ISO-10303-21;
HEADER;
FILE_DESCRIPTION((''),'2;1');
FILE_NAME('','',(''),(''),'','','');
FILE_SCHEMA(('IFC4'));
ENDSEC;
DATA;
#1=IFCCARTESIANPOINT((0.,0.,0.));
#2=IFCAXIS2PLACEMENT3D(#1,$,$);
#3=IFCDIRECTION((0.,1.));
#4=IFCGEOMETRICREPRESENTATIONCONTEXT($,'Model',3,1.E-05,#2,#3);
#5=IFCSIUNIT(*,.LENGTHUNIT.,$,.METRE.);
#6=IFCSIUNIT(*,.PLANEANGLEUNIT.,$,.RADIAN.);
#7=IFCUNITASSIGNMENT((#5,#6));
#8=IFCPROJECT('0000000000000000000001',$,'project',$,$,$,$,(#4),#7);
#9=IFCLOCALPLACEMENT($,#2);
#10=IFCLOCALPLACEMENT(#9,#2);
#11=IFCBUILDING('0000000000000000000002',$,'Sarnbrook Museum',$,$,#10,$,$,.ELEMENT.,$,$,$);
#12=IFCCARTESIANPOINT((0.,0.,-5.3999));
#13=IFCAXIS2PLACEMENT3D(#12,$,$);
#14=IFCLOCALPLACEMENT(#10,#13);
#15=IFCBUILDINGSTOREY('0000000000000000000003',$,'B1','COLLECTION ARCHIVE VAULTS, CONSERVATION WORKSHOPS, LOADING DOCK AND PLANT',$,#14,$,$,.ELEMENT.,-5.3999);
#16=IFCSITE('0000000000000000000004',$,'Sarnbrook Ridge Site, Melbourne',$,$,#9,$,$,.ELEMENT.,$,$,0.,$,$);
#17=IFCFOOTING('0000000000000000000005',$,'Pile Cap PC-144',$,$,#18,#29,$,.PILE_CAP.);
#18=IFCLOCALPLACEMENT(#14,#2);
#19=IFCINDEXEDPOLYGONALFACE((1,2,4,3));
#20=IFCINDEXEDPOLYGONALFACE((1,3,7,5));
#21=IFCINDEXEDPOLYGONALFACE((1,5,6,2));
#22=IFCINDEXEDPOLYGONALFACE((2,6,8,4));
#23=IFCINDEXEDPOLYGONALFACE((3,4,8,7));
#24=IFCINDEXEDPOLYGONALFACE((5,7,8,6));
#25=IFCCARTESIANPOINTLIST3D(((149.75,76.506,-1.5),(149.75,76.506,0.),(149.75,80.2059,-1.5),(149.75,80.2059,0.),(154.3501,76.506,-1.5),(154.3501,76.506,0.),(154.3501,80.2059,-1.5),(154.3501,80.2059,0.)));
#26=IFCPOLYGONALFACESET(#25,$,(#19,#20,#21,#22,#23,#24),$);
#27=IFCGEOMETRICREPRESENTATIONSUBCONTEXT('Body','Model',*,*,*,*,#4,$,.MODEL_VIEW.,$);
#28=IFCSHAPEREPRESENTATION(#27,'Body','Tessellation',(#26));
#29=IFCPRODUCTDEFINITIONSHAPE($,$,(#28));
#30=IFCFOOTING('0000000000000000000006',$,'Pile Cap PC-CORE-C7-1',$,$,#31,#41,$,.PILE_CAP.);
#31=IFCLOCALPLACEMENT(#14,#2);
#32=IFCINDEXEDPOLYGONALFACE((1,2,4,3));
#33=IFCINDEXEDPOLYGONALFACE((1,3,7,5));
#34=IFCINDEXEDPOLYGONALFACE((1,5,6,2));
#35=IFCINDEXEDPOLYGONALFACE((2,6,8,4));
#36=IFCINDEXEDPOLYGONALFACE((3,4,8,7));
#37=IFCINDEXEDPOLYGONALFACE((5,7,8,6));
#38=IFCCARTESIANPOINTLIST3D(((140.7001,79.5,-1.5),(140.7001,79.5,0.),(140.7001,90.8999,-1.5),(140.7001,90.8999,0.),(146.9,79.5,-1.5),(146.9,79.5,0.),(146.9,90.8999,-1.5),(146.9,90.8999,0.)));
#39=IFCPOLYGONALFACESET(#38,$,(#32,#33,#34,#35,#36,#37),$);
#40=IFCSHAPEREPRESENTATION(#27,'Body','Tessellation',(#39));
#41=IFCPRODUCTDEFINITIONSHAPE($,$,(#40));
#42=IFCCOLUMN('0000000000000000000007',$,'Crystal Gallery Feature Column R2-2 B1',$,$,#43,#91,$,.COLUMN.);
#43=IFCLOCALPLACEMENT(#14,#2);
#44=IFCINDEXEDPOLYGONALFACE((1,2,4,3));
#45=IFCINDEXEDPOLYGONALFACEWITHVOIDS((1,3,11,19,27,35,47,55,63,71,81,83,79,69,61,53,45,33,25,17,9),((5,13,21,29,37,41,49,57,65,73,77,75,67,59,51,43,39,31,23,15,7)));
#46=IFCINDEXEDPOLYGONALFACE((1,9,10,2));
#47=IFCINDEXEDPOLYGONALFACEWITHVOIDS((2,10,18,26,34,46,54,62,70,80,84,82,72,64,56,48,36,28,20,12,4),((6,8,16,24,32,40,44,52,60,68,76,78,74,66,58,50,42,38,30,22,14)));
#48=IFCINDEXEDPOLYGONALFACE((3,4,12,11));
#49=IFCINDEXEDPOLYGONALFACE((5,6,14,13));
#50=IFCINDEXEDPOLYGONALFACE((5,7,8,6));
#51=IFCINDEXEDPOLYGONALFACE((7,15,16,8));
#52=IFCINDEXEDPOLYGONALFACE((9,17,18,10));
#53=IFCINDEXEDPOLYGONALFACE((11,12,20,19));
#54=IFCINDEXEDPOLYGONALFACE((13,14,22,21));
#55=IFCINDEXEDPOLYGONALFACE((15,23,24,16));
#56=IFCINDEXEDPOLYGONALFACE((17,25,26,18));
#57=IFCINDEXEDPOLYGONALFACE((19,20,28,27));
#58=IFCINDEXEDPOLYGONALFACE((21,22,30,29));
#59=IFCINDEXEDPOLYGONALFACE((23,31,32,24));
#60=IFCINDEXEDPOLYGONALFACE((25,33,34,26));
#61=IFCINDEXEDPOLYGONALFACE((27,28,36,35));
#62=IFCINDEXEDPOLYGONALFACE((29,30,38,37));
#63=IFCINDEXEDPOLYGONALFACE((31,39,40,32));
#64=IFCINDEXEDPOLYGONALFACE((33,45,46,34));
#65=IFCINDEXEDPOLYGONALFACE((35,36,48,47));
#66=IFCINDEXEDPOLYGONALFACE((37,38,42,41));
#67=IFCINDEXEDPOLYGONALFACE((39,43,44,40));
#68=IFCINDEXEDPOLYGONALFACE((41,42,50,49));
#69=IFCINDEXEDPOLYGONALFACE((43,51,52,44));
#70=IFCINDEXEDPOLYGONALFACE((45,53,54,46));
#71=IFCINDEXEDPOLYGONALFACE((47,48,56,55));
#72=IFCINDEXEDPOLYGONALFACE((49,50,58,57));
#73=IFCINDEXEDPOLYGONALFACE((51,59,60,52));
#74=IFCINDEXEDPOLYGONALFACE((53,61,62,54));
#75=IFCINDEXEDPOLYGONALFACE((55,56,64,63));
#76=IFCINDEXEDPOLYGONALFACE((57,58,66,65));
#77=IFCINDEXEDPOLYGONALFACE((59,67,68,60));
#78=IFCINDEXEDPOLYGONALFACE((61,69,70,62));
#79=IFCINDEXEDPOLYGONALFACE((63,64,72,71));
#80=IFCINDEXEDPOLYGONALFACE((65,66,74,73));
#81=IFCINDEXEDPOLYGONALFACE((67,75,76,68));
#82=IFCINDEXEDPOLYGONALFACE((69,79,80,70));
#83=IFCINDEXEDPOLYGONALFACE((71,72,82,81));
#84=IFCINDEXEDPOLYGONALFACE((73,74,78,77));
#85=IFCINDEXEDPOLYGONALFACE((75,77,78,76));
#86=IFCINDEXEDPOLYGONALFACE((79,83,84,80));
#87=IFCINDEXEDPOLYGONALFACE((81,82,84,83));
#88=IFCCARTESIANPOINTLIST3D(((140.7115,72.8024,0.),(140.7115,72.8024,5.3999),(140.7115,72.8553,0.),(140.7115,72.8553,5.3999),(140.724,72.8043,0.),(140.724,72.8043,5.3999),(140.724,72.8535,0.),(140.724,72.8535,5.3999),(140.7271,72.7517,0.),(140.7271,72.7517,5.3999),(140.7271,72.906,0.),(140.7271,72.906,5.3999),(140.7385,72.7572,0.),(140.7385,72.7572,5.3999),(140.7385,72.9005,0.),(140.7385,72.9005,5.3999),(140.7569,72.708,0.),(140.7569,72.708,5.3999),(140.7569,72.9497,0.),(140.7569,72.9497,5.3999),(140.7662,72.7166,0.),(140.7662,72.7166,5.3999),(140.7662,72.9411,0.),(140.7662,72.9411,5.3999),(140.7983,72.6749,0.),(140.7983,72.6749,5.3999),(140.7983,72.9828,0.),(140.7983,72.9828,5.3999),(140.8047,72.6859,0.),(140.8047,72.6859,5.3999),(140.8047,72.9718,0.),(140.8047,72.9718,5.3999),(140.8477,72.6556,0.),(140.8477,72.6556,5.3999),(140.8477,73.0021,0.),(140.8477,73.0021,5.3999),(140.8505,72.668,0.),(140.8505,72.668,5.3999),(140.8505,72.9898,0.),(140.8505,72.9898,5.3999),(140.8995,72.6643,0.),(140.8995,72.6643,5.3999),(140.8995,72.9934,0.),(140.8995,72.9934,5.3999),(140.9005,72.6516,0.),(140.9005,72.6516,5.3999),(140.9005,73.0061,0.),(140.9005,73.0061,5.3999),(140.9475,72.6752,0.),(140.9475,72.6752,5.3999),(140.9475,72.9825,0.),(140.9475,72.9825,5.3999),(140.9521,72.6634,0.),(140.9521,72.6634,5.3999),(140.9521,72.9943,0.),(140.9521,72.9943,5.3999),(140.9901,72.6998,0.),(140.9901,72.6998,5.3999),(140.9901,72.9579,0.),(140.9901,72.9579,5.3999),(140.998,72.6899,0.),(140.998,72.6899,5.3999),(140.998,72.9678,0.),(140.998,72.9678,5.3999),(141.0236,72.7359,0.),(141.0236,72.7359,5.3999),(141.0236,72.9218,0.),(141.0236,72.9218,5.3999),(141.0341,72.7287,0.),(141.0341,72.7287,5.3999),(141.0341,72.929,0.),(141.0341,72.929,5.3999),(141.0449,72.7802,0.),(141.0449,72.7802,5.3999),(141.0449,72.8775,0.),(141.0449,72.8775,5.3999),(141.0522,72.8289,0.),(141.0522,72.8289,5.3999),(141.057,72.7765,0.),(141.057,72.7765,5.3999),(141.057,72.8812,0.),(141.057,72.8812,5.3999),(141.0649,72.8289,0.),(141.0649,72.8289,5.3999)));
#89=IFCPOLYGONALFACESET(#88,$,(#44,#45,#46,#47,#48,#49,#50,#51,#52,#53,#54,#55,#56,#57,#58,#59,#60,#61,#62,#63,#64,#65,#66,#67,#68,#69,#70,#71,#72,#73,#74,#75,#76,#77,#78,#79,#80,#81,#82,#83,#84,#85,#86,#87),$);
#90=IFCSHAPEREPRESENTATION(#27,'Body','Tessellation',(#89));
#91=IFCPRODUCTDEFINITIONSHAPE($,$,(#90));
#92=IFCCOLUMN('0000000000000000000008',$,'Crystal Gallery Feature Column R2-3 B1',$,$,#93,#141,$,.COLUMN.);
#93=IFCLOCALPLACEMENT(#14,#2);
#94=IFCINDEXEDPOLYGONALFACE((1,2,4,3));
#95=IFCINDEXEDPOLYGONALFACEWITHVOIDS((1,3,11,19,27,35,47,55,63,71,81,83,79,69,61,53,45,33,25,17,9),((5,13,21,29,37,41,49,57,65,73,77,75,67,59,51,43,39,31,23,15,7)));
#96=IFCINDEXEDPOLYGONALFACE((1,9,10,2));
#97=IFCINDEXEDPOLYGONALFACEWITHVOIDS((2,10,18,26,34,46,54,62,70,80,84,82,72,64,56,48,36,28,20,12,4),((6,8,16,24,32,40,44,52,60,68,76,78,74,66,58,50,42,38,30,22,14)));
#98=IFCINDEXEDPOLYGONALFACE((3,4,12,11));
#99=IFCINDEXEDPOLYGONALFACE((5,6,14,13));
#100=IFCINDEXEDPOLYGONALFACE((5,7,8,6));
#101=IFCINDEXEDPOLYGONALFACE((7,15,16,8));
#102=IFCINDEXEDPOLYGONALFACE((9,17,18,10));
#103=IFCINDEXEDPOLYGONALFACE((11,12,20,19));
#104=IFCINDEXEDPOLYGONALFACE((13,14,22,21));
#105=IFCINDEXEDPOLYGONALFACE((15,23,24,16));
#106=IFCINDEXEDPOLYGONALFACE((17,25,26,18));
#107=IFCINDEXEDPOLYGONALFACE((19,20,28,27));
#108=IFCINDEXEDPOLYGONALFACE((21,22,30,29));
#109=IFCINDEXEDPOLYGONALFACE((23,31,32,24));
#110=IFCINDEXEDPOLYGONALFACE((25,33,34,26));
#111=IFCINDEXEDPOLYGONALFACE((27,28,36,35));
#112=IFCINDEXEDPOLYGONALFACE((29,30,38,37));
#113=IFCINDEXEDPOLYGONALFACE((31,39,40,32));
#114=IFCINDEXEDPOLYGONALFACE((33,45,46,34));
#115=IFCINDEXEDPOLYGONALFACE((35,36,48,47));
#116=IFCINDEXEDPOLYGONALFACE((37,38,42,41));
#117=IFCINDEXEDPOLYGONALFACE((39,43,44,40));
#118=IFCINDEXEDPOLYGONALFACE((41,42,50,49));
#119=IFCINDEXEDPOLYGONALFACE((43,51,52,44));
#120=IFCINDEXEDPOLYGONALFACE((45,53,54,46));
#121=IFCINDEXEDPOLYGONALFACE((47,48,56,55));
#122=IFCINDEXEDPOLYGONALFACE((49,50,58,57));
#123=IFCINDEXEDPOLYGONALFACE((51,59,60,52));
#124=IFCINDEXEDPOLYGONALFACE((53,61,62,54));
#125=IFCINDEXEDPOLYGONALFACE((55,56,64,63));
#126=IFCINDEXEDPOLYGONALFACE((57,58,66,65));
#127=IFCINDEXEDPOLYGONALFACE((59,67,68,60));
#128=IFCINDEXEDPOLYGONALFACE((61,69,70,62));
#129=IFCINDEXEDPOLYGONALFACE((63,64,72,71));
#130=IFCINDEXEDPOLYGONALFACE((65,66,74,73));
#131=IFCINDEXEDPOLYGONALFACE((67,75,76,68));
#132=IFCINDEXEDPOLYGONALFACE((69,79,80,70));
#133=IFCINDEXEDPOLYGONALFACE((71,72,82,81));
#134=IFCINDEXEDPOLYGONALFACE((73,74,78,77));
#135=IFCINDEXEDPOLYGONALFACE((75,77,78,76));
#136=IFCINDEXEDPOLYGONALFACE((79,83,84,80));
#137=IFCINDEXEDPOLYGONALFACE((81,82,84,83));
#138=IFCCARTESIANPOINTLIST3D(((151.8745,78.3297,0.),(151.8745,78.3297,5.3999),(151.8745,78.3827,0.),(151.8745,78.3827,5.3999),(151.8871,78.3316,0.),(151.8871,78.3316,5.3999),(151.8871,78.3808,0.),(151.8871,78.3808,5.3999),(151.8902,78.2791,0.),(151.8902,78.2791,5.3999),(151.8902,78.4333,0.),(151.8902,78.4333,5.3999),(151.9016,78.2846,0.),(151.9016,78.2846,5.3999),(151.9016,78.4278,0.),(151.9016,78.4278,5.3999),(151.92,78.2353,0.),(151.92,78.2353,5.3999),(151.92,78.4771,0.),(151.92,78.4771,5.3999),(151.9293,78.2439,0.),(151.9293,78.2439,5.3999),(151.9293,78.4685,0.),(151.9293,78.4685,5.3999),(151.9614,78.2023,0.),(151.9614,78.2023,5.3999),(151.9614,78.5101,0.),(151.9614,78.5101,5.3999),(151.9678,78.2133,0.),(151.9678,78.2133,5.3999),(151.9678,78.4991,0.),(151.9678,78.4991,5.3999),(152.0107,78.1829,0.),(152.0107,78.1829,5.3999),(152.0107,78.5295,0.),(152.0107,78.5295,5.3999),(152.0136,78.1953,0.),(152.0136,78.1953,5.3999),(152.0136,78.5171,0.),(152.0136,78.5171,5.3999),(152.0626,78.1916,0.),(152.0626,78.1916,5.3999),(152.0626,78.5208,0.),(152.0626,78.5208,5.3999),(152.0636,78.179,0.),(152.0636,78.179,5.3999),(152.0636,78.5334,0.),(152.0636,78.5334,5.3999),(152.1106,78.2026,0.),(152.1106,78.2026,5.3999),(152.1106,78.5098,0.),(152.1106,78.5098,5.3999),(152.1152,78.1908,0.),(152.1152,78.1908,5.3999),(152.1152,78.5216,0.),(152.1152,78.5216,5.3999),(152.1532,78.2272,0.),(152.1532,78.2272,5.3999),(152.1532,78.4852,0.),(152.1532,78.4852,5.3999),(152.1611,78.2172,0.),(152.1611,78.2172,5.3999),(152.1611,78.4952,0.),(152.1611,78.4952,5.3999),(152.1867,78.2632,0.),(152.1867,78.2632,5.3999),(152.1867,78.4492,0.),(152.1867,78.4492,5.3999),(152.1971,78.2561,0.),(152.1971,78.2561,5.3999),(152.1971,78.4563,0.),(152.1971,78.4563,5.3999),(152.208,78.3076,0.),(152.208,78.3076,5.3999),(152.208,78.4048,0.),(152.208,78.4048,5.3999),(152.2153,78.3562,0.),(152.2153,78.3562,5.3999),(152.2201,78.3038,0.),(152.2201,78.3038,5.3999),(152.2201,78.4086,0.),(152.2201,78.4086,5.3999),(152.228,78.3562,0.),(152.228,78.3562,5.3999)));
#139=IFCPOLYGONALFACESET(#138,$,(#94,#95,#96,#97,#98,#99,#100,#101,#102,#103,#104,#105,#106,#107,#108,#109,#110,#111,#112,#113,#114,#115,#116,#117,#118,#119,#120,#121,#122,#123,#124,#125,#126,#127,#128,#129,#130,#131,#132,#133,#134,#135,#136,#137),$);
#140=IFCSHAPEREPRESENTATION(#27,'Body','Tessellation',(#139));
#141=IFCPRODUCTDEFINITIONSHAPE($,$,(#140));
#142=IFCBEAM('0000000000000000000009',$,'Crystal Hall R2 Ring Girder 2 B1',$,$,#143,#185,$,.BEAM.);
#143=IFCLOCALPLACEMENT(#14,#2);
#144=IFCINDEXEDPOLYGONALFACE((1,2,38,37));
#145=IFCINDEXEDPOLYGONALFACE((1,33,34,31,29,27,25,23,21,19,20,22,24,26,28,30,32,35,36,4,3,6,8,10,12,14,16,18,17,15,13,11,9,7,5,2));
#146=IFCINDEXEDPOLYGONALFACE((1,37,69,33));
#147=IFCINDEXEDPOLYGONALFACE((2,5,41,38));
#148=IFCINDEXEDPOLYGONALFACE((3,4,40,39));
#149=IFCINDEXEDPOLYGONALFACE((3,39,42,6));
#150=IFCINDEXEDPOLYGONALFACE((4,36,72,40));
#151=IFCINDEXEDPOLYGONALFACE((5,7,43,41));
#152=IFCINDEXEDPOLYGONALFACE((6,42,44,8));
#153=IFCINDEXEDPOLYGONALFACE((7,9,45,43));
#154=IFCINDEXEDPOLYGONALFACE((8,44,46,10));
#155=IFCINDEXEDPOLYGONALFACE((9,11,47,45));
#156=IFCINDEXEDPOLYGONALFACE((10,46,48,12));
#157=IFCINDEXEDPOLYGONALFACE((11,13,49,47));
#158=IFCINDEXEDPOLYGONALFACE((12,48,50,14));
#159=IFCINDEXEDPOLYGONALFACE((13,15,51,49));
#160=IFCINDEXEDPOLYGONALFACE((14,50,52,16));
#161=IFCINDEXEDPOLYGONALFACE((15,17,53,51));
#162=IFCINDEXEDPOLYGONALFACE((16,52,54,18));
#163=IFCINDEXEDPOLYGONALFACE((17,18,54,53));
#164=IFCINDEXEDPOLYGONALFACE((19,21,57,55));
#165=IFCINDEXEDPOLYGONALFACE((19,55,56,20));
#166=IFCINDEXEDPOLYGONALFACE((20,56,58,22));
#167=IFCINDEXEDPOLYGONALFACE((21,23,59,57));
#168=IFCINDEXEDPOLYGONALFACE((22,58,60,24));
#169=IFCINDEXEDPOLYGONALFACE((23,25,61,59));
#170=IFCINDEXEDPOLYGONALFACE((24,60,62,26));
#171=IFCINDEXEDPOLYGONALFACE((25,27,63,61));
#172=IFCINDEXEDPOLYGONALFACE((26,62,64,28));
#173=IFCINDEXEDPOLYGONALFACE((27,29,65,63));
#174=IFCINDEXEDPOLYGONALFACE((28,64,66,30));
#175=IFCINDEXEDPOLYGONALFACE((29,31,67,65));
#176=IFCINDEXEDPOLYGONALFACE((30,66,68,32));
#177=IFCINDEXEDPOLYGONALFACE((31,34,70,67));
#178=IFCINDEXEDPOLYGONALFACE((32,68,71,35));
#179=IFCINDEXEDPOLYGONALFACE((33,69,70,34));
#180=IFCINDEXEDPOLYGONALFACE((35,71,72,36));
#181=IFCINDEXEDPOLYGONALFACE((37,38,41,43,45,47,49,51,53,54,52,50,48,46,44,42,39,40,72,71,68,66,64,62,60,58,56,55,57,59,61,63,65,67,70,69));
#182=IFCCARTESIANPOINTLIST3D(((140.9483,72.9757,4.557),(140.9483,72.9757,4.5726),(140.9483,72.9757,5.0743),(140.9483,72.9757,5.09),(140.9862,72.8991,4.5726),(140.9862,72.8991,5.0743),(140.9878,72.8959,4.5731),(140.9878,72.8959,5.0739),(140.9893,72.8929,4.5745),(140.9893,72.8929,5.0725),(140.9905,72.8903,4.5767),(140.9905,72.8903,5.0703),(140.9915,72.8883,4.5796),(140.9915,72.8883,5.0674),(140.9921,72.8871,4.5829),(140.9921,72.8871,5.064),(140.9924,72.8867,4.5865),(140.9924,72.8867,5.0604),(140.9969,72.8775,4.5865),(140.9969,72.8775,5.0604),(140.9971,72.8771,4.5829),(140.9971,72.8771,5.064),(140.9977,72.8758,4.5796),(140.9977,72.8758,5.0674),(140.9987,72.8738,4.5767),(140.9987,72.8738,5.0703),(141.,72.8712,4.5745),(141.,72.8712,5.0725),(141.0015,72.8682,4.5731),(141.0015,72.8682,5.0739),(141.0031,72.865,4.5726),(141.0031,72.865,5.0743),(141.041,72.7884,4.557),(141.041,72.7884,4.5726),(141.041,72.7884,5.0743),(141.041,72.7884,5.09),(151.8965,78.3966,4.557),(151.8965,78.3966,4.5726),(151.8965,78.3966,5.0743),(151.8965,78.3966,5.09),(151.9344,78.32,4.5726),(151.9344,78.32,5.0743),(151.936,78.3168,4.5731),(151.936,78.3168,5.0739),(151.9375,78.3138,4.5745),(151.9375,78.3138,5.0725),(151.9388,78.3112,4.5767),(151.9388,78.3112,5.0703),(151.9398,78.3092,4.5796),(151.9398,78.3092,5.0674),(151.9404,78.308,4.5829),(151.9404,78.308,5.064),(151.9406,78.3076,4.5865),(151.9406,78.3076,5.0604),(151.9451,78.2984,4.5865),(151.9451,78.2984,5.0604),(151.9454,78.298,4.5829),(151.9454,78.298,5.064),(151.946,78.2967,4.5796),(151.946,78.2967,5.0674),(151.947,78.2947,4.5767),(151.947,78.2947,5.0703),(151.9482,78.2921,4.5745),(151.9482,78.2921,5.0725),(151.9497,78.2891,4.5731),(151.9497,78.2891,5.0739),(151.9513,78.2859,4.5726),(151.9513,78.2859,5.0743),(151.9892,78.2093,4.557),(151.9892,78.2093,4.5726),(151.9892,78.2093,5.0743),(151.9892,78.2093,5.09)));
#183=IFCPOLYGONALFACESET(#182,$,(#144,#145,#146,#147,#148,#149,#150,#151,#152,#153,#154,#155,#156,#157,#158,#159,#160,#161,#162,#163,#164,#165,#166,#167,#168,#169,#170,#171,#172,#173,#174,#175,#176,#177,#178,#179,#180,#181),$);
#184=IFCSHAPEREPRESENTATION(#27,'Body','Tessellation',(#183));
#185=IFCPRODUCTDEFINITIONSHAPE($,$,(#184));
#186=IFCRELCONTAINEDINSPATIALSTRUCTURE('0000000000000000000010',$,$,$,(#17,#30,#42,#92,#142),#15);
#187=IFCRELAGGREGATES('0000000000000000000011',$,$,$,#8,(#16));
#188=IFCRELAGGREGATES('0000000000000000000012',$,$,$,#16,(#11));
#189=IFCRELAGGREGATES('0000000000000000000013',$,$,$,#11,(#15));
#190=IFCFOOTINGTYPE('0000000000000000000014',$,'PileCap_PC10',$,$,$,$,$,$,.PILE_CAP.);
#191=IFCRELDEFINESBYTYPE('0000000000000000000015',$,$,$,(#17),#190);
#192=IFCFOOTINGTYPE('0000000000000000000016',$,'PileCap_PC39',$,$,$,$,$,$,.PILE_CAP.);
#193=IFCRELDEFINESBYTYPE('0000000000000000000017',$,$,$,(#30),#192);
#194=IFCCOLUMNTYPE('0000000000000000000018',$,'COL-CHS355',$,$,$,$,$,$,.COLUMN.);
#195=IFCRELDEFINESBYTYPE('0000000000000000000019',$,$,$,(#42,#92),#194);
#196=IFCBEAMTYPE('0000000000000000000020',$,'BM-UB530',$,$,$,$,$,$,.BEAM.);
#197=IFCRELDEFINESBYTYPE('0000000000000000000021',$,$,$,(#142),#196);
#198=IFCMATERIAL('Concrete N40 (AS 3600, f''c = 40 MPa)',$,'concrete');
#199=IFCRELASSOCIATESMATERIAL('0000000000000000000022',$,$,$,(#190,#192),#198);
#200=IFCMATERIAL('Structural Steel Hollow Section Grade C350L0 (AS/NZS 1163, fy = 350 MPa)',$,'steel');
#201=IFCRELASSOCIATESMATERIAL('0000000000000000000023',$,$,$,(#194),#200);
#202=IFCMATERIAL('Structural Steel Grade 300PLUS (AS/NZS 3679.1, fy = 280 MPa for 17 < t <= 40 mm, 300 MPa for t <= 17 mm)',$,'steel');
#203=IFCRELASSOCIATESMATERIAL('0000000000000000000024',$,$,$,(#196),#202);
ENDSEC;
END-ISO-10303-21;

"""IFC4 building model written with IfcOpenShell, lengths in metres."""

from ifc_helpers import new_model, si_unit, direction, frame, origin, origin_2d, place, context, subcontext, project, spatial, rectangle, hollow_circle, i_section, extrude, material, material_profile, profile_set, type_object, element, save


model = new_model("IFC4")

# Units and contexts
model_context = context("Model", 3, precision=1e-05, world=origin(), true_north=direction((0.0, 1.0)))
body_context = subcontext(model_context, "Body", "Model", "MODEL_VIEW")
ifc_project = project(units=[si_unit("LENGTHUNIT", "METRE"), si_unit("PLANEANGLEUNIT", "RADIAN")], contexts=[model_context])

# Site, building, storey
site_placement = place(None, origin())
site = spatial("IfcSite", under=ifc_project, at=site_placement, Name="Sarnbrook Ridge Site, Melbourne", CompositionType="ELEMENT", RefElevation=0.0)
building_placement = place(site_placement, origin())
building = spatial("IfcBuilding", under=site, at=building_placement, Name="Sarnbrook Museum", CompositionType="ELEMENT")
storey_placement = place(building_placement, frame((0.0, 0.0, -5.3999)))
storey = spatial("IfcBuildingStorey", under=building, at=storey_placement, Name="B1", Description="COLLECTION ARCHIVE VAULTS, CONSERVATION WORKSHOPS, LOADING DOCK AND PLANT", CompositionType="ELEMENT", Elevation=-5.3999)

# Footings
ifc_material_1 = material(Name="Concrete N40 (AS 3600, f'c = 40 MPa)", Category="concrete")
footing_type_1 = type_object("IfcFootingType", Name="PileCap_PC10", PredefinedType="PILE_CAP", material=ifc_material_1)
for number, where, z_axis, x_axis, name in (
    (1, (152.05, 78.356, -1.5), (0.0, 0.0, 1.0), (1.0, 0.0, 0.0), "Pile Cap PC-144"),
):
    element("IfcFooting", number, at=place(storey_placement, frame(where, z_axis=z_axis, x_axis=x_axis)), inside=storey, type_object=footing_type_1, Name=name, PredefinedType="PILE_CAP", context=body_context, shape_type="SweptSolid", body=[
        extrude(rectangle(XDim=4.6001, YDim=3.7, at=origin_2d()), origin(), (0.0, 0.0, 1.0), 1.5),
    ])
footing_type_2 = type_object("IfcFootingType", Name="PileCap_PC39", PredefinedType="PILE_CAP", material=ifc_material_1)
footing_1_placement = place(storey_placement, frame((143.8, 85.2, -1.5), z_axis=(0.0, 0.0, 1.0), x_axis=(1.0, 0.0, 0.0)))
element("IfcFooting", 2, at=footing_1_placement, inside=storey, type_object=footing_type_2, Name="Pile Cap PC-CORE-C7-1", PredefinedType="PILE_CAP", context=body_context, shape_type="SweptSolid", body=[
    extrude(rectangle(XDim=6.2, YDim=11.3999, at=origin_2d()), origin(), (0.0, 0.0, 1.0), 1.5),
])

# Columns
ifc_material_2 = material(Name="Structural Steel Hollow Section Grade C350L0 (AS/NZS 1163, fy = 350 MPa)", Category="steel")
ifc_material_profile_1 = material_profile(ifc_material_2, hollow_circle(Radius=0.1777, WallThickness=0.0127, at=origin_2d()), Name="355.6x12.7CHS")
ifc_profile_set_1 = profile_set([ifc_material_profile_1], Name="Structural Steel Hollow Section Grade C350L0 (AS/NZS 1163, fy = 350 MPa)")
column_type = type_object("IfcColumnType", Name="COL-CHS355", PredefinedType="COLUMN", material=ifc_profile_set_1)
for number, where, z_axis, x_axis, name in (
    (3, (140.8872, 72.8289, 0.0), (0.0, 0.0, 1.0), (1.0, 0.0, 0.0), "Crystal Gallery Feature Column R2-2 B1"),
    (4, (152.0503, 78.3562, 0.0), (0.0, 0.0, 1.0), (1.0, 0.0, 0.0), "Crystal Gallery Feature Column R2-3 B1"),
):
    element("IfcColumn", number, at=place(storey_placement, frame(where, z_axis=z_axis, x_axis=x_axis)), inside=storey, type_object=column_type, Name=name, PredefinedType="COLUMN", context=body_context, shape_type="SweptSolid", body=[
        extrude(hollow_circle(Radius=0.1777, WallThickness=0.0127, at=origin_2d()), origin(), (0.0, 0.0, 1.0), 5.3999),
    ])

# Beam
ifc_material_3 = material(Name="Structural Steel Grade 300PLUS (AS/NZS 3679.1, fy = 280 MPa for 17 < t <= 40 mm, 300 MPa for t <= 17 mm)", Category="steel")
ifc_material_profile_2 = material_profile(ifc_material_3, i_section(OverallWidth=0.209, OverallDepth=0.533, WebThickness=0.0103, FlangeThickness=0.0156, FilletRadius=0.0139, at=origin_2d()), Name="530UB92.4")
ifc_profile_set_2 = profile_set([ifc_material_profile_2], Name="Structural Steel Grade 300PLUS (AS/NZS 3679.1, fy = 280 MPa for 17 < t <= 40 mm, 300 MPa for t <= 17 mm)")
beam_type_1 = type_object("IfcBeamType", Name="BM-UB530", PredefinedType="BEAM", material=ifc_profile_set_2)
beam_1_placement = place(storey_placement, frame((140.9946, 72.8821, 4.8235), z_axis=(0.896163, 0.443725, 0.0), x_axis=(-0.443725, 0.896163, 0.0)))
element("IfcBeam", 5, at=beam_1_placement, inside=storey, type_object=beam_type_1, Name="Crystal Hall R2 Ring Girder 2 B1", PredefinedType="BEAM", context=body_context, shape_type="SweptSolid", body=[
    extrude(i_section(OverallWidth=0.209, OverallDepth=0.533, WebThickness=0.0103, FlangeThickness=0.0156, FilletRadius=0.0139, at=origin_2d()), origin(), (0.0, 0.0, 1.0), 12.2168),
])

save(model, "model.ifc")
